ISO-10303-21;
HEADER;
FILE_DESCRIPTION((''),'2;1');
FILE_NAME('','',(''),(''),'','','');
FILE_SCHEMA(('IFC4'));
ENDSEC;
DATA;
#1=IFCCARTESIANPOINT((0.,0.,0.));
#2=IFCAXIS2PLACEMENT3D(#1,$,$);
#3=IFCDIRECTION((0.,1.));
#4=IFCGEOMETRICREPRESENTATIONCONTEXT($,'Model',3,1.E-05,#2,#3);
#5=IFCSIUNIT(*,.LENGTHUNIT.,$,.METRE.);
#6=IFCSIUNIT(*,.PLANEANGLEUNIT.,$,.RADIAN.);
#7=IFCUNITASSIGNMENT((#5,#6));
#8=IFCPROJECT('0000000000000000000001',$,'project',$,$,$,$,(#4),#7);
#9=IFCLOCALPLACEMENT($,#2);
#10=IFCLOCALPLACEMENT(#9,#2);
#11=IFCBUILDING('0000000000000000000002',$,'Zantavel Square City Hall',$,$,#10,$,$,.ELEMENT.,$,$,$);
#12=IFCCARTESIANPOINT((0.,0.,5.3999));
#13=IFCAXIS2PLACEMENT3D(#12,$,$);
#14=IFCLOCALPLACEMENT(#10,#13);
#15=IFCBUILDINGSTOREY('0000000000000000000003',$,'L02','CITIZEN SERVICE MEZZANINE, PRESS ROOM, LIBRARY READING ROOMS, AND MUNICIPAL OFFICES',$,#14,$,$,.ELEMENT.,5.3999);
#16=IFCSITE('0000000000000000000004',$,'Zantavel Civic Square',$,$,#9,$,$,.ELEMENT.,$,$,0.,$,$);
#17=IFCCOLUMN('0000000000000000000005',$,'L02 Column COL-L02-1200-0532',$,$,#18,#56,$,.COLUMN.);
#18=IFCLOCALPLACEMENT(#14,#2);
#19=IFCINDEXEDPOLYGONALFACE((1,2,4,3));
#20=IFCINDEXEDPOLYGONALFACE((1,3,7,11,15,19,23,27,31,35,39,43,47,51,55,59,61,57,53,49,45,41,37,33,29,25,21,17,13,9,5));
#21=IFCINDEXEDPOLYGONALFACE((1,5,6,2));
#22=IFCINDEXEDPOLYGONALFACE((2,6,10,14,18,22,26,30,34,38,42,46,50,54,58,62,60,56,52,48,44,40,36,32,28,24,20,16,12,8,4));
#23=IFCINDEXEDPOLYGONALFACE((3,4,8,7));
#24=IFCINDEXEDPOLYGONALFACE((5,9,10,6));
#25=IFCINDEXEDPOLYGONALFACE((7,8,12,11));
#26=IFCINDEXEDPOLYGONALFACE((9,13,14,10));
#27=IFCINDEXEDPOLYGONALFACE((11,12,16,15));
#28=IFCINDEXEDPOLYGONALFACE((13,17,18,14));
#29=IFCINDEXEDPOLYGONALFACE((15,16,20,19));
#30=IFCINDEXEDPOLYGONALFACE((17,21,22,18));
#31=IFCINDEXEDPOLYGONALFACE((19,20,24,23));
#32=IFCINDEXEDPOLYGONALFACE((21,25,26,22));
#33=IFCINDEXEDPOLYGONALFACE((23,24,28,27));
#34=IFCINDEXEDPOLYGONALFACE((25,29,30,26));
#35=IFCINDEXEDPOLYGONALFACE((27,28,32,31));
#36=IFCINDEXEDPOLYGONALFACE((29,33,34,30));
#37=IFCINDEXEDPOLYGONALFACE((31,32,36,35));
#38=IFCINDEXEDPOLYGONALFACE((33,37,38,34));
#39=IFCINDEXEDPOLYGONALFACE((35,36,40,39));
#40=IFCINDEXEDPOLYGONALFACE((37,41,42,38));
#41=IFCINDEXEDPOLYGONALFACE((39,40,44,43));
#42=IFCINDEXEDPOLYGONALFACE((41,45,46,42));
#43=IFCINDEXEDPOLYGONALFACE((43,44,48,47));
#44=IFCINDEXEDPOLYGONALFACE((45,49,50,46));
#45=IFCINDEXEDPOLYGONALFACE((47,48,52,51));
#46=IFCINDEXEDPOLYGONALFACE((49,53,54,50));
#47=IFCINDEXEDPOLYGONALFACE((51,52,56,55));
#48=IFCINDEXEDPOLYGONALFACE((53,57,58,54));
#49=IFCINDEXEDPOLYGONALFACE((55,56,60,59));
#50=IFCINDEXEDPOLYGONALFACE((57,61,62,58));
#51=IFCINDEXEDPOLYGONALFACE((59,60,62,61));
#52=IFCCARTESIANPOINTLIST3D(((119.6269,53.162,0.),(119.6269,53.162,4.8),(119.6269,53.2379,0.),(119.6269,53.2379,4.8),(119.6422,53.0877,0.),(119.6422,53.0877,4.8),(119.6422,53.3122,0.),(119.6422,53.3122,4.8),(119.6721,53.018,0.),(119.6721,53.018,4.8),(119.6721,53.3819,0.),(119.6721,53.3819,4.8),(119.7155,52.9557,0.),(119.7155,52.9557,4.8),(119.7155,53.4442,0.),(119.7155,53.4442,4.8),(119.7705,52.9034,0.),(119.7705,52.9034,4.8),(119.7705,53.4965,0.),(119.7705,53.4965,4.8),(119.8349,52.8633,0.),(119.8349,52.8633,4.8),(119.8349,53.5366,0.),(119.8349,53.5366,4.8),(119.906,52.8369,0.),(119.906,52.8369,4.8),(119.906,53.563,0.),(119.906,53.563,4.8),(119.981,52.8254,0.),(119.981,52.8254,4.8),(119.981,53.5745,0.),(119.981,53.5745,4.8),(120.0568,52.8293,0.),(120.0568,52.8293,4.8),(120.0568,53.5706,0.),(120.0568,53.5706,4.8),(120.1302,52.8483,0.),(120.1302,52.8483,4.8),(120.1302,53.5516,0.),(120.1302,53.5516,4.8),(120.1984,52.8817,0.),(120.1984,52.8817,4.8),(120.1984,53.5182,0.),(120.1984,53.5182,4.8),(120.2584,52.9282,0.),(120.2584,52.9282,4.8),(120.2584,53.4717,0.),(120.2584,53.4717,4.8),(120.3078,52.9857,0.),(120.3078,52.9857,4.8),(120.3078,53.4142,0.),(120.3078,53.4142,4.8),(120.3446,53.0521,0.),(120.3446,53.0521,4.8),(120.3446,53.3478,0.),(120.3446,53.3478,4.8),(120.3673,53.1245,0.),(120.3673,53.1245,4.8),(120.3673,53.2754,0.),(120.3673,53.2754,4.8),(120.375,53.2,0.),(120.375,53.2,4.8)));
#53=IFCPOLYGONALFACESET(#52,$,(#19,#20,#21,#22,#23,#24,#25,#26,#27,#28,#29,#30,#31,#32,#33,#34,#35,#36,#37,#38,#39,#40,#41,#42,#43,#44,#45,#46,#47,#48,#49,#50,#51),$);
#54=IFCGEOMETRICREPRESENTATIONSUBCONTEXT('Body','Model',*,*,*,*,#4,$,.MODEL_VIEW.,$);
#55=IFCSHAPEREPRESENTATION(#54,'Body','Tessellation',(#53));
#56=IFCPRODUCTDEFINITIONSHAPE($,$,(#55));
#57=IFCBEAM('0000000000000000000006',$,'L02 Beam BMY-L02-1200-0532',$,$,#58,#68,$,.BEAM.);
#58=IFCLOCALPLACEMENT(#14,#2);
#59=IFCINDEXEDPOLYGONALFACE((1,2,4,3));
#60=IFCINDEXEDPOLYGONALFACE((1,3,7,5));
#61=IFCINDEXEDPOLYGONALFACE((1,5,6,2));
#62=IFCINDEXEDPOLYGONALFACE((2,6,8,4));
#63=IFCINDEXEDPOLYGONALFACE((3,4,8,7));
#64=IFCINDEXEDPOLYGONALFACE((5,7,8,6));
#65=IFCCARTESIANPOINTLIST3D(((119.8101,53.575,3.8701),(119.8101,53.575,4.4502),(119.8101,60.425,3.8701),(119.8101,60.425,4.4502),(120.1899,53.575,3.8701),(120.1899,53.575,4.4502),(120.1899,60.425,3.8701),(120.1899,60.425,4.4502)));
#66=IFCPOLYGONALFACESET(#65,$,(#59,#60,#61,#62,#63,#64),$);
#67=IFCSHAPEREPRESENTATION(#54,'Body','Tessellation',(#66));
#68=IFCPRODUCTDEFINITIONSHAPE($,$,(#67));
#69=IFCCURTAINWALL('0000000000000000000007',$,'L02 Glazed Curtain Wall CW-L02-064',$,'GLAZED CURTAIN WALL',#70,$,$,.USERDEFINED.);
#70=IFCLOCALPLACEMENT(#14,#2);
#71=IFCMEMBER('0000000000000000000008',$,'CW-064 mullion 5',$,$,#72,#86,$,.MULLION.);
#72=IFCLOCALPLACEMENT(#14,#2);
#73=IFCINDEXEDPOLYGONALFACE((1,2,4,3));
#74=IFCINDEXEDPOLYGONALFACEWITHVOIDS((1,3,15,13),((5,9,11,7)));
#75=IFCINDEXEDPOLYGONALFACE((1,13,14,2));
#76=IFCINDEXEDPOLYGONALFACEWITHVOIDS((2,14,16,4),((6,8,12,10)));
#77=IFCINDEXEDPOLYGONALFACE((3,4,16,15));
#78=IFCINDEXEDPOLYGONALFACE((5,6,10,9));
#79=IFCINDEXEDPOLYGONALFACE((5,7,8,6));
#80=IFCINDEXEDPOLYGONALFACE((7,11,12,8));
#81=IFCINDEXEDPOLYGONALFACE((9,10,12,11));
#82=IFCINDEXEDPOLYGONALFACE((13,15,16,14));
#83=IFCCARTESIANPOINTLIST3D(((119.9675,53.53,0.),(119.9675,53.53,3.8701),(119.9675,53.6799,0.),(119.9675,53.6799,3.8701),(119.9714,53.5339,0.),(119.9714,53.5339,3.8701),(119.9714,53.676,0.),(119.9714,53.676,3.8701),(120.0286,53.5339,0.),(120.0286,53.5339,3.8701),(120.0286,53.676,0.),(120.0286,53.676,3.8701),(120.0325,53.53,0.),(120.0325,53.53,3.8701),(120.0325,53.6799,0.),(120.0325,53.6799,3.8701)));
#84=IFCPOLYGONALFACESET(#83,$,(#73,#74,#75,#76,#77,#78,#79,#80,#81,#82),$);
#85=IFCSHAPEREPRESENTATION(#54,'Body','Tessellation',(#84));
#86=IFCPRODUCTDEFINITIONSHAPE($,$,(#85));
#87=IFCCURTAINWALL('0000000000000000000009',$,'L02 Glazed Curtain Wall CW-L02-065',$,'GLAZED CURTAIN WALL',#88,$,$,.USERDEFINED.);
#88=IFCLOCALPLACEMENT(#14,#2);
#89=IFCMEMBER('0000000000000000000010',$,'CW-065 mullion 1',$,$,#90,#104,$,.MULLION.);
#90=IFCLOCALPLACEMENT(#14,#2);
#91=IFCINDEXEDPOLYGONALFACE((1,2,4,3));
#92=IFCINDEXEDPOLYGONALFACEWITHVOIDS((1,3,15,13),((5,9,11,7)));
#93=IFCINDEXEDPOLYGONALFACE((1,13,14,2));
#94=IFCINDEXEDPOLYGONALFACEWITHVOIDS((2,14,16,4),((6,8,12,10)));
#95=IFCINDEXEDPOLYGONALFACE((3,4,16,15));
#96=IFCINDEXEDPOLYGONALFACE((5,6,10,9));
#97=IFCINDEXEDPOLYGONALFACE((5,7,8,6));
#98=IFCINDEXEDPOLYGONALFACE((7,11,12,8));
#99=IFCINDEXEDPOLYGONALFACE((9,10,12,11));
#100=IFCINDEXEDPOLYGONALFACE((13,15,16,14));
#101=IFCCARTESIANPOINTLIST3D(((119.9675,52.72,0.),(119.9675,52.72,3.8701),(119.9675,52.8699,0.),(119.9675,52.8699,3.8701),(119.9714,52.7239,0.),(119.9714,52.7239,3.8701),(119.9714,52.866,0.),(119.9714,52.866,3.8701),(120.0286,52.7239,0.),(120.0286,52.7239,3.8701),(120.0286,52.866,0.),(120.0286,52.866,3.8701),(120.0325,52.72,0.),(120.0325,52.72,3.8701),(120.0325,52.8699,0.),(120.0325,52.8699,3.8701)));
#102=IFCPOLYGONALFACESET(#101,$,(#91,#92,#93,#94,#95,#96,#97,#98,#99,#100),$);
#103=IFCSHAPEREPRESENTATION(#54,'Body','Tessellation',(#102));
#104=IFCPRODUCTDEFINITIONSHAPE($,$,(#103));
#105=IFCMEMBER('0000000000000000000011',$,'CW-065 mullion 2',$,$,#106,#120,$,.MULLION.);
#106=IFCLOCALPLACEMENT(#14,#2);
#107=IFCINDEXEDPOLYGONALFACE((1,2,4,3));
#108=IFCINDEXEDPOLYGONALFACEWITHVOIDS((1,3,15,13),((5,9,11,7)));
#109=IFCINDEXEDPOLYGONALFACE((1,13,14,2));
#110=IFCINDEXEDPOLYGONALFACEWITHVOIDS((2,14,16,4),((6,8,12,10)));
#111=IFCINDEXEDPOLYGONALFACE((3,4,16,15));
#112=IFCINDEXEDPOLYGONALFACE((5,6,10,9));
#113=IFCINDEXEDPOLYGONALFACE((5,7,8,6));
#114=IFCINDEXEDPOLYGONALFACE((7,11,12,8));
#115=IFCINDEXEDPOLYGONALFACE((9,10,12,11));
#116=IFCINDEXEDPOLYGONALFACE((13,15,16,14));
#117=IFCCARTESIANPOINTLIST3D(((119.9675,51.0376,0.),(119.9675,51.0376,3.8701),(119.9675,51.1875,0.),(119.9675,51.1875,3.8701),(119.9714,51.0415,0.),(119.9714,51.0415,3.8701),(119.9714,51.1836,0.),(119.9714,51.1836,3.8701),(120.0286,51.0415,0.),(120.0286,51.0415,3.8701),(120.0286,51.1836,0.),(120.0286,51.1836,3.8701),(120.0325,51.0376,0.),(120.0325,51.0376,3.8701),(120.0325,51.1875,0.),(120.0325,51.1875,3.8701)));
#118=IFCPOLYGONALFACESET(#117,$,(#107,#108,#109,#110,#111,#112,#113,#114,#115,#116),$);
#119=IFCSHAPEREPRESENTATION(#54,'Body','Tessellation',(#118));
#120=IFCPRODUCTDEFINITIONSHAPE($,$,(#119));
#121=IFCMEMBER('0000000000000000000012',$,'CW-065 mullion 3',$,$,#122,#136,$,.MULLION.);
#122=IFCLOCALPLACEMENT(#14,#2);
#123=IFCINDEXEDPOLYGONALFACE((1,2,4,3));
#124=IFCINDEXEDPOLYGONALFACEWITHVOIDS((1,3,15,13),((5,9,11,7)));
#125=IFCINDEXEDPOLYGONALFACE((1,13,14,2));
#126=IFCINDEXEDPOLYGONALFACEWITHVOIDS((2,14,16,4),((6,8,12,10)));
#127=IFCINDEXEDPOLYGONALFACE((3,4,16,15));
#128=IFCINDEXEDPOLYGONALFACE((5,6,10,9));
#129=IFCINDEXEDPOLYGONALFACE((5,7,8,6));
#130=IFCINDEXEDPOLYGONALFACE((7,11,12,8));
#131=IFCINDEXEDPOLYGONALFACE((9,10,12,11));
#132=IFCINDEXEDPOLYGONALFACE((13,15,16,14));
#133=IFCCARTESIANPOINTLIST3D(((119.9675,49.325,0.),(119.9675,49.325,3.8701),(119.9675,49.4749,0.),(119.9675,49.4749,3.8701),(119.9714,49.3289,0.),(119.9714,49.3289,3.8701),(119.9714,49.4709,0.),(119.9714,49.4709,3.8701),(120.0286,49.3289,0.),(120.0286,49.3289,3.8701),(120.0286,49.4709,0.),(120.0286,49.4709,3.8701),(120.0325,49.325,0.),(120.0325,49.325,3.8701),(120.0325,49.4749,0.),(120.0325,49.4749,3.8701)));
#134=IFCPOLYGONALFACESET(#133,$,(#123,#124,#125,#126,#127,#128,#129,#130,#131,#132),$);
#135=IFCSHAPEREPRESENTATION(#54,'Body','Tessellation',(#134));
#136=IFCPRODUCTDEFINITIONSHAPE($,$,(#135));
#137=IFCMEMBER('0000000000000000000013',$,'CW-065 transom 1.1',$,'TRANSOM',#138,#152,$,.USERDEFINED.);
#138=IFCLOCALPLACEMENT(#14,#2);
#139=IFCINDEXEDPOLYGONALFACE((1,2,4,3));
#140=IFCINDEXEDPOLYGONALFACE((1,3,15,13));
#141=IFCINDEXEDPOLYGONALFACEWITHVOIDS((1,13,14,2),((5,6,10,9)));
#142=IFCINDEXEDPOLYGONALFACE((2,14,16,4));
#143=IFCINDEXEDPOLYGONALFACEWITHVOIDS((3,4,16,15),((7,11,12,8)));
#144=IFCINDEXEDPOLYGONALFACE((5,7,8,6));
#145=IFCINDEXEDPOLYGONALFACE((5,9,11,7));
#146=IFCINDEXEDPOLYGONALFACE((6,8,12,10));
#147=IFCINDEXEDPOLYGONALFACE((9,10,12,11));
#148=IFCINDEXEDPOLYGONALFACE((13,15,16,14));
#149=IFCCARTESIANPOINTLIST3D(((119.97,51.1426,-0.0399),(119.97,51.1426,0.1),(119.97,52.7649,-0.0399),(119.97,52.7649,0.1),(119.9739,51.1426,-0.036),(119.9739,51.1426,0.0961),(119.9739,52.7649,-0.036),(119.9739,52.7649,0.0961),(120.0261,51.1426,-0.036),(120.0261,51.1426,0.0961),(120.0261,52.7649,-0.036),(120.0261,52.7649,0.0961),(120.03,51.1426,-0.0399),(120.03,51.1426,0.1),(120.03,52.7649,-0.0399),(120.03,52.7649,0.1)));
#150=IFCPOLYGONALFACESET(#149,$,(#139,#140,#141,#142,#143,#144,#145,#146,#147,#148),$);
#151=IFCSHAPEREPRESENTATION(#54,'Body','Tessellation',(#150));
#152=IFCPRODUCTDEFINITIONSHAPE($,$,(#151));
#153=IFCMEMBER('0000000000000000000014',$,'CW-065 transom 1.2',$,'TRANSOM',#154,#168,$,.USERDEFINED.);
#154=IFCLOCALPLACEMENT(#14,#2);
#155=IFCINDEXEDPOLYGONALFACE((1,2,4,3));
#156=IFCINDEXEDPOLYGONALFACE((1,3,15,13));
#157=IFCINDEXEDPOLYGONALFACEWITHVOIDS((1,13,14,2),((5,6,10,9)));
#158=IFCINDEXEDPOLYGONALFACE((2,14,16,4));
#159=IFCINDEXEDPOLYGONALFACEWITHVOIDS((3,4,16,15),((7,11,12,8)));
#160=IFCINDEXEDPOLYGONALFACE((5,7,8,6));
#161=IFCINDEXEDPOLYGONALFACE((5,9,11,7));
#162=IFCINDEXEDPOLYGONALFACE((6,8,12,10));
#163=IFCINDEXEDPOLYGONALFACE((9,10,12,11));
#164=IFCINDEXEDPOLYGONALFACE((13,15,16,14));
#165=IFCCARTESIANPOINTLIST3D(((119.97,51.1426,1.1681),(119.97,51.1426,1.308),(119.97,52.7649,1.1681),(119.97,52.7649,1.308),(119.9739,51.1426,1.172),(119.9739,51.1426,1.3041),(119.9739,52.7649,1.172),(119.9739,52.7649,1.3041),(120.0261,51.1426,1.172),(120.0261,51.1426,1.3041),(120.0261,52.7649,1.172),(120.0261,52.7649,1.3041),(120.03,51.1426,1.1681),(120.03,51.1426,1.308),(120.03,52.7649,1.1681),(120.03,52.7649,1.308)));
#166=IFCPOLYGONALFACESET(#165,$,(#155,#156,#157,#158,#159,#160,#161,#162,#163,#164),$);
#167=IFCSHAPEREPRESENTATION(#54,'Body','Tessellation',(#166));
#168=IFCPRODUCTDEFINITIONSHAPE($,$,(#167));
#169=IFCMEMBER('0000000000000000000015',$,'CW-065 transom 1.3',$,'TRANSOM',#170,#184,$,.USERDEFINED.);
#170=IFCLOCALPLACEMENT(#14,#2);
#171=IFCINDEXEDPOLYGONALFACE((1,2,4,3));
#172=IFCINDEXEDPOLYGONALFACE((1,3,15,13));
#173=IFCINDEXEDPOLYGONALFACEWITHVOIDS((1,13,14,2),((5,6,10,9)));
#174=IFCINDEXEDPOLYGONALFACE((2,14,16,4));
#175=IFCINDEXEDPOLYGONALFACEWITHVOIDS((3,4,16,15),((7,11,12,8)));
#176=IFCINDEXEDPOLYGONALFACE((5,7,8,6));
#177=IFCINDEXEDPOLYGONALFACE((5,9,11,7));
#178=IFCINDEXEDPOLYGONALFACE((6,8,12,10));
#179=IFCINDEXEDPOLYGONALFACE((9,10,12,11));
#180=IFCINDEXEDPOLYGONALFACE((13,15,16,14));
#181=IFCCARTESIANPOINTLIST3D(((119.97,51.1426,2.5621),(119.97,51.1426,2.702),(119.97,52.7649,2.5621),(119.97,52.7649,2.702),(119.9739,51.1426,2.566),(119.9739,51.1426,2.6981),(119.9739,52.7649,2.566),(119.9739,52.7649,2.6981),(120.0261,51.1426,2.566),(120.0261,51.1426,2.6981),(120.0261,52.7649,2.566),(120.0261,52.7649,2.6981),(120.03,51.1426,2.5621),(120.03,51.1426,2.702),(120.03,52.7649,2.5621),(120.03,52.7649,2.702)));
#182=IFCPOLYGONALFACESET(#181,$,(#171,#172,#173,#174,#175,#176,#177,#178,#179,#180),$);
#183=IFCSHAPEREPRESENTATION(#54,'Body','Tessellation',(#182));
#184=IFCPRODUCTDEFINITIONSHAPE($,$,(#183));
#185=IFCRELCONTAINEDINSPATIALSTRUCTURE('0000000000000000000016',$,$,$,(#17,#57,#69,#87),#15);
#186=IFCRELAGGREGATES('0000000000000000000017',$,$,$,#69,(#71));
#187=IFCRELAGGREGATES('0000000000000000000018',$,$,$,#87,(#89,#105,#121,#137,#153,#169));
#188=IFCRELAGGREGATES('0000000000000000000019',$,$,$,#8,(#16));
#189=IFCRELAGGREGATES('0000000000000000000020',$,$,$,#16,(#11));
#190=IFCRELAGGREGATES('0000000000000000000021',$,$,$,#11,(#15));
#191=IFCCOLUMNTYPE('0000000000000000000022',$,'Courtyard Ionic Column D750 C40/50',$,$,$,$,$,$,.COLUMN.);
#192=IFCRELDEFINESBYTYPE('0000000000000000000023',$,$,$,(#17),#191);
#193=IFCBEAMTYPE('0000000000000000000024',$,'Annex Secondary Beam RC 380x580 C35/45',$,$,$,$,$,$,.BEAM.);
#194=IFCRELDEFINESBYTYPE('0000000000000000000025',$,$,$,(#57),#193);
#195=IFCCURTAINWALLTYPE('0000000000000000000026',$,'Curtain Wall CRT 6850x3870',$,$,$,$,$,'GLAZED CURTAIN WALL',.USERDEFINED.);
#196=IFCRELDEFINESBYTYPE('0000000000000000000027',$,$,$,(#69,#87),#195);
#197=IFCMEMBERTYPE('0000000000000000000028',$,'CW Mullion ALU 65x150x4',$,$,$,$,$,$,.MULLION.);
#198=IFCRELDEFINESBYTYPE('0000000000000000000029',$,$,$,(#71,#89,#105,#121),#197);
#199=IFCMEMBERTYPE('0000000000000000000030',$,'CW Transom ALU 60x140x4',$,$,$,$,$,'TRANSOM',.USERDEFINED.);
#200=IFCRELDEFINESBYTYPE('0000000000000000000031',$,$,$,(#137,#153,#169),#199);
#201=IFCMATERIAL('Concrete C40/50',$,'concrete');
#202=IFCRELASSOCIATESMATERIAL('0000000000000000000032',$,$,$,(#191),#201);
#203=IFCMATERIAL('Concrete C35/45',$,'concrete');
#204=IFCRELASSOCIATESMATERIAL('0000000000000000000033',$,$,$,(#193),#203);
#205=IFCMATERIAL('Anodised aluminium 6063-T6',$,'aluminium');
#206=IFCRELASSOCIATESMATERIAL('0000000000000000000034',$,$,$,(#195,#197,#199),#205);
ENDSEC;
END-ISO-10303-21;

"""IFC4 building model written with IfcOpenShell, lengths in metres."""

from ifc_helpers import new_model, si_unit, direction, frame, origin, origin_2d, place, context, subcontext, project, spatial, rectangle, hollow_rectangle, circle, extrude, material, material_profile, profile_set, type_object, element, aggregate, save


model = new_model("IFC4")

# Units and contexts
model_context = context("Model", 3, precision=1e-05, world=origin(), true_north=direction((0.0, 1.0)))
body_context = subcontext(model_context, "Body", "Model", "MODEL_VIEW")
ifc_project = project(units=[si_unit("LENGTHUNIT", "METRE"), si_unit("PLANEANGLEUNIT", "RADIAN")], contexts=[model_context])

# Site, building, storey
site_placement = place(None, origin())
site = spatial("IfcSite", under=ifc_project, at=site_placement, Name="Zantavel Civic Square", CompositionType="ELEMENT", RefElevation=0.0)
building_placement = place(site_placement, origin())
building = spatial("IfcBuilding", under=site, at=building_placement, Name="Zantavel Square City Hall", CompositionType="ELEMENT")
storey_placement = place(building_placement, frame((0.0, 0.0, 5.3999)))
storey = spatial("IfcBuildingStorey", under=building, at=storey_placement, Name="L02", Description="CITIZEN SERVICE MEZZANINE, PRESS ROOM, LIBRARY READING ROOMS, AND MUNICIPAL OFFICES", CompositionType="ELEMENT", Elevation=5.3999)

# Column
ifc_material_1 = material(Name="Concrete C40/50", Category="concrete")
ifc_material_profile_1 = material_profile(ifc_material_1, circle(Radius=0.375, at=origin_2d()), Name="ROUND D750")
ifc_profile_set_1 = profile_set([ifc_material_profile_1], Name="Concrete C40/50")
column_type = type_object("IfcColumnType", Name="Courtyard Ionic Column D750 C40/50", PredefinedType="COLUMN", material=ifc_profile_set_1)
column_placement = place(storey_placement, frame((120.0, 53.2, 0.0), z_axis=(0.0, 0.0, 1.0), x_axis=(1.0, 0.0, 0.0)))
element("IfcColumn", 1, at=column_placement, inside=storey, type_object=column_type, Name="L02 Column COL-L02-1200-0532", PredefinedType="COLUMN", context=body_context, shape_type="SweptSolid", body=[
    extrude(circle(Radius=0.375, at=origin_2d()), origin(), (0.0, 0.0, 1.0), 4.8),
])

# Beam
ifc_material_2 = material(Name="Concrete C35/45", Category="concrete")
ifc_material_profile_2 = material_profile(ifc_material_2, rectangle(XDim=0.3799, YDim=0.5801, at=origin_2d()), Name="RC 380x580")
ifc_profile_set_2 = profile_set([ifc_material_profile_2], Name="Concrete C35/45")
beam_type = type_object("IfcBeamType", Name="Annex Secondary Beam RC 380x580 C35/45", PredefinedType="BEAM", material=ifc_profile_set_2)
beam_placement = place(storey_placement, frame((120.0, 53.575, 4.1602), z_axis=(0.0, 1.0, 0.0), x_axis=(-1.0, 0.0, 0.0)))
element("IfcBeam", 2, at=beam_placement, inside=storey, type_object=beam_type, Name="L02 Beam BMY-L02-1200-0532", PredefinedType="BEAM", context=body_context, shape_type="SweptSolid", body=[
    extrude(rectangle(XDim=0.3799, YDim=0.5801, at=origin_2d()), origin(), (0.0, 0.0, 1.0), 6.8501),
])

# Curtain wall, member
ifc_material_3 = material(Name="Anodised aluminium 6063-T6", Category="aluminium")
curtain_wall_type = type_object("IfcCurtainWallType", Name="Curtain Wall CRT 6850x3870", ElementType="GLAZED CURTAIN WALL", PredefinedType="USERDEFINED", material=ifc_material_3)
curtain_wall_1_placement = place(storey_placement, origin())
curtain_wall_1 = element("IfcCurtainWall", 3, at=curtain_wall_1_placement, inside=storey, type_object=curtain_wall_type, Name="L02 Glazed Curtain Wall CW-L02-064", ObjectType="GLAZED CURTAIN WALL", PredefinedType="USERDEFINED")
ifc_material_profile_3 = material_profile(ifc_material_3, hollow_rectangle(XDim=0.0649, YDim=0.1499, WallThickness=0.0039, at=origin_2d()), Name="ALU 65x150x4")
ifc_profile_set_3 = profile_set([ifc_material_profile_3], Name="Anodised aluminium 6063-T6")
member_type_1 = type_object("IfcMemberType", Name="CW Mullion ALU 65x150x4", PredefinedType="MULLION", material=ifc_profile_set_3)
member_1_placement = place(storey_placement, frame((120.0, 53.605, 0.0), z_axis=(0.0, 0.0, 1.0), x_axis=(1.0, 0.0, 0.0)))
member_1 = element("IfcMember", 4, at=member_1_placement, type_object=member_type_1, Name="CW-064 mullion 5", PredefinedType="MULLION", context=body_context, shape_type="SweptSolid", body=[
    extrude(hollow_rectangle(XDim=0.0649, YDim=0.1499, WallThickness=0.0039, at=origin_2d()), origin(), (0.0, 0.0, 1.0), 3.8701),
])
aggregate(curtain_wall_1, [member_1])

# Curtain wall, members
curtain_wall_2_placement = place(storey_placement, origin())
curtain_wall_2 = element("IfcCurtainWall", 5, at=curtain_wall_2_placement, inside=storey, type_object=curtain_wall_type, Name="L02 Glazed Curtain Wall CW-L02-065", ObjectType="GLAZED CURTAIN WALL", PredefinedType="USERDEFINED")
member_2_placement = place(storey_placement, frame((120.0, 52.7949, 0.0), z_axis=(0.0, 0.0, 1.0), x_axis=(1.0, 0.0, 0.0)))
member_2 = element("IfcMember", 6, at=member_2_placement, type_object=member_type_1, Name="CW-065 mullion 1", PredefinedType="MULLION", context=body_context, shape_type="SweptSolid", body=[
    extrude(hollow_rectangle(XDim=0.0649, YDim=0.1499, WallThickness=0.0039, at=origin_2d()), origin(), (0.0, 0.0, 1.0), 3.8701),
])
member_3_placement = place(storey_placement, frame((120.0, 51.1125, 0.0), z_axis=(0.0, 0.0, 1.0), x_axis=(1.0, 0.0, 0.0)))
member_3 = element("IfcMember", 7, at=member_3_placement, type_object=member_type_1, Name="CW-065 mullion 2", PredefinedType="MULLION", context=body_context, shape_type="SweptSolid", body=[
    extrude(hollow_rectangle(XDim=0.0649, YDim=0.1499, WallThickness=0.0039, at=origin_2d()), origin(), (0.0, 0.0, 1.0), 3.8701),
])
member_4_placement = place(storey_placement, frame((120.0, 49.3999, 0.0), z_axis=(0.0, 0.0, 1.0), x_axis=(1.0, 0.0, 0.0)))
member_4 = element("IfcMember", 8, at=member_4_placement, type_object=member_type_1, Name="CW-065 mullion 3", PredefinedType="MULLION", context=body_context, shape_type="SweptSolid", body=[
    extrude(hollow_rectangle(XDim=0.0649, YDim=0.1499, WallThickness=0.0039, at=origin_2d()), origin(), (0.0, 0.0, 1.0), 3.8701),
])
ifc_material_profile_4 = material_profile(ifc_material_3, hollow_rectangle(XDim=0.0601, YDim=0.1399, WallThickness=0.0039, at=origin_2d()), Name="ALU 60x140x4")
ifc_profile_set_4 = profile_set([ifc_material_profile_4], Name="Anodised aluminium 6063-T6")
member_type_2 = type_object("IfcMemberType", Name="CW Transom ALU 60x140x4", ElementType="TRANSOM", PredefinedType="USERDEFINED", material=ifc_profile_set_4)
member_5_placement = place(storey_placement, frame((120.0, 52.7649, 0.03), z_axis=(0.0, -1.0, 0.0), x_axis=(1.0, 0.0, 0.0)))
member_5 = element("IfcMember", 9, at=member_5_placement, type_object=member_type_2, Name="CW-065 transom 1.1", ObjectType="TRANSOM", PredefinedType="USERDEFINED", context=body_context, shape_type="SweptSolid", body=[
    extrude(hollow_rectangle(XDim=0.0601, YDim=0.1399, WallThickness=0.0039, at=origin_2d()), origin(), (0.0, 0.0, 1.0), 1.6223),
])
member_6_placement = place(storey_placement, frame((120.0, 52.7649, 1.238), z_axis=(0.0, -1.0, 0.0), x_axis=(1.0, 0.0, 0.0)))
member_6 = element("IfcMember", 10, at=member_6_placement, type_object=member_type_2, Name="CW-065 transom 1.2", ObjectType="TRANSOM", PredefinedType="USERDEFINED", context=body_context, shape_type="SweptSolid", body=[
    extrude(hollow_rectangle(XDim=0.0601, YDim=0.1399, WallThickness=0.0039, at=origin_2d()), origin(), (0.0, 0.0, 1.0), 1.6223),
])
member_7_placement = place(storey_placement, frame((120.0, 52.7649, 2.6321), z_axis=(0.0, -1.0, 0.0), x_axis=(1.0, 0.0, 0.0)))
member_7 = element("IfcMember", 11, at=member_7_placement, type_object=member_type_2, Name="CW-065 transom 1.3", ObjectType="TRANSOM", PredefinedType="USERDEFINED", context=body_context, shape_type="SweptSolid", body=[
    extrude(hollow_rectangle(XDim=0.0601, YDim=0.1399, WallThickness=0.0039, at=origin_2d()), origin(), (0.0, 0.0, 1.0), 1.6223),
])
aggregate(curtain_wall_2, [member_2, member_3, member_4, member_5, member_6, member_7])

save(model, "model.ifc")
